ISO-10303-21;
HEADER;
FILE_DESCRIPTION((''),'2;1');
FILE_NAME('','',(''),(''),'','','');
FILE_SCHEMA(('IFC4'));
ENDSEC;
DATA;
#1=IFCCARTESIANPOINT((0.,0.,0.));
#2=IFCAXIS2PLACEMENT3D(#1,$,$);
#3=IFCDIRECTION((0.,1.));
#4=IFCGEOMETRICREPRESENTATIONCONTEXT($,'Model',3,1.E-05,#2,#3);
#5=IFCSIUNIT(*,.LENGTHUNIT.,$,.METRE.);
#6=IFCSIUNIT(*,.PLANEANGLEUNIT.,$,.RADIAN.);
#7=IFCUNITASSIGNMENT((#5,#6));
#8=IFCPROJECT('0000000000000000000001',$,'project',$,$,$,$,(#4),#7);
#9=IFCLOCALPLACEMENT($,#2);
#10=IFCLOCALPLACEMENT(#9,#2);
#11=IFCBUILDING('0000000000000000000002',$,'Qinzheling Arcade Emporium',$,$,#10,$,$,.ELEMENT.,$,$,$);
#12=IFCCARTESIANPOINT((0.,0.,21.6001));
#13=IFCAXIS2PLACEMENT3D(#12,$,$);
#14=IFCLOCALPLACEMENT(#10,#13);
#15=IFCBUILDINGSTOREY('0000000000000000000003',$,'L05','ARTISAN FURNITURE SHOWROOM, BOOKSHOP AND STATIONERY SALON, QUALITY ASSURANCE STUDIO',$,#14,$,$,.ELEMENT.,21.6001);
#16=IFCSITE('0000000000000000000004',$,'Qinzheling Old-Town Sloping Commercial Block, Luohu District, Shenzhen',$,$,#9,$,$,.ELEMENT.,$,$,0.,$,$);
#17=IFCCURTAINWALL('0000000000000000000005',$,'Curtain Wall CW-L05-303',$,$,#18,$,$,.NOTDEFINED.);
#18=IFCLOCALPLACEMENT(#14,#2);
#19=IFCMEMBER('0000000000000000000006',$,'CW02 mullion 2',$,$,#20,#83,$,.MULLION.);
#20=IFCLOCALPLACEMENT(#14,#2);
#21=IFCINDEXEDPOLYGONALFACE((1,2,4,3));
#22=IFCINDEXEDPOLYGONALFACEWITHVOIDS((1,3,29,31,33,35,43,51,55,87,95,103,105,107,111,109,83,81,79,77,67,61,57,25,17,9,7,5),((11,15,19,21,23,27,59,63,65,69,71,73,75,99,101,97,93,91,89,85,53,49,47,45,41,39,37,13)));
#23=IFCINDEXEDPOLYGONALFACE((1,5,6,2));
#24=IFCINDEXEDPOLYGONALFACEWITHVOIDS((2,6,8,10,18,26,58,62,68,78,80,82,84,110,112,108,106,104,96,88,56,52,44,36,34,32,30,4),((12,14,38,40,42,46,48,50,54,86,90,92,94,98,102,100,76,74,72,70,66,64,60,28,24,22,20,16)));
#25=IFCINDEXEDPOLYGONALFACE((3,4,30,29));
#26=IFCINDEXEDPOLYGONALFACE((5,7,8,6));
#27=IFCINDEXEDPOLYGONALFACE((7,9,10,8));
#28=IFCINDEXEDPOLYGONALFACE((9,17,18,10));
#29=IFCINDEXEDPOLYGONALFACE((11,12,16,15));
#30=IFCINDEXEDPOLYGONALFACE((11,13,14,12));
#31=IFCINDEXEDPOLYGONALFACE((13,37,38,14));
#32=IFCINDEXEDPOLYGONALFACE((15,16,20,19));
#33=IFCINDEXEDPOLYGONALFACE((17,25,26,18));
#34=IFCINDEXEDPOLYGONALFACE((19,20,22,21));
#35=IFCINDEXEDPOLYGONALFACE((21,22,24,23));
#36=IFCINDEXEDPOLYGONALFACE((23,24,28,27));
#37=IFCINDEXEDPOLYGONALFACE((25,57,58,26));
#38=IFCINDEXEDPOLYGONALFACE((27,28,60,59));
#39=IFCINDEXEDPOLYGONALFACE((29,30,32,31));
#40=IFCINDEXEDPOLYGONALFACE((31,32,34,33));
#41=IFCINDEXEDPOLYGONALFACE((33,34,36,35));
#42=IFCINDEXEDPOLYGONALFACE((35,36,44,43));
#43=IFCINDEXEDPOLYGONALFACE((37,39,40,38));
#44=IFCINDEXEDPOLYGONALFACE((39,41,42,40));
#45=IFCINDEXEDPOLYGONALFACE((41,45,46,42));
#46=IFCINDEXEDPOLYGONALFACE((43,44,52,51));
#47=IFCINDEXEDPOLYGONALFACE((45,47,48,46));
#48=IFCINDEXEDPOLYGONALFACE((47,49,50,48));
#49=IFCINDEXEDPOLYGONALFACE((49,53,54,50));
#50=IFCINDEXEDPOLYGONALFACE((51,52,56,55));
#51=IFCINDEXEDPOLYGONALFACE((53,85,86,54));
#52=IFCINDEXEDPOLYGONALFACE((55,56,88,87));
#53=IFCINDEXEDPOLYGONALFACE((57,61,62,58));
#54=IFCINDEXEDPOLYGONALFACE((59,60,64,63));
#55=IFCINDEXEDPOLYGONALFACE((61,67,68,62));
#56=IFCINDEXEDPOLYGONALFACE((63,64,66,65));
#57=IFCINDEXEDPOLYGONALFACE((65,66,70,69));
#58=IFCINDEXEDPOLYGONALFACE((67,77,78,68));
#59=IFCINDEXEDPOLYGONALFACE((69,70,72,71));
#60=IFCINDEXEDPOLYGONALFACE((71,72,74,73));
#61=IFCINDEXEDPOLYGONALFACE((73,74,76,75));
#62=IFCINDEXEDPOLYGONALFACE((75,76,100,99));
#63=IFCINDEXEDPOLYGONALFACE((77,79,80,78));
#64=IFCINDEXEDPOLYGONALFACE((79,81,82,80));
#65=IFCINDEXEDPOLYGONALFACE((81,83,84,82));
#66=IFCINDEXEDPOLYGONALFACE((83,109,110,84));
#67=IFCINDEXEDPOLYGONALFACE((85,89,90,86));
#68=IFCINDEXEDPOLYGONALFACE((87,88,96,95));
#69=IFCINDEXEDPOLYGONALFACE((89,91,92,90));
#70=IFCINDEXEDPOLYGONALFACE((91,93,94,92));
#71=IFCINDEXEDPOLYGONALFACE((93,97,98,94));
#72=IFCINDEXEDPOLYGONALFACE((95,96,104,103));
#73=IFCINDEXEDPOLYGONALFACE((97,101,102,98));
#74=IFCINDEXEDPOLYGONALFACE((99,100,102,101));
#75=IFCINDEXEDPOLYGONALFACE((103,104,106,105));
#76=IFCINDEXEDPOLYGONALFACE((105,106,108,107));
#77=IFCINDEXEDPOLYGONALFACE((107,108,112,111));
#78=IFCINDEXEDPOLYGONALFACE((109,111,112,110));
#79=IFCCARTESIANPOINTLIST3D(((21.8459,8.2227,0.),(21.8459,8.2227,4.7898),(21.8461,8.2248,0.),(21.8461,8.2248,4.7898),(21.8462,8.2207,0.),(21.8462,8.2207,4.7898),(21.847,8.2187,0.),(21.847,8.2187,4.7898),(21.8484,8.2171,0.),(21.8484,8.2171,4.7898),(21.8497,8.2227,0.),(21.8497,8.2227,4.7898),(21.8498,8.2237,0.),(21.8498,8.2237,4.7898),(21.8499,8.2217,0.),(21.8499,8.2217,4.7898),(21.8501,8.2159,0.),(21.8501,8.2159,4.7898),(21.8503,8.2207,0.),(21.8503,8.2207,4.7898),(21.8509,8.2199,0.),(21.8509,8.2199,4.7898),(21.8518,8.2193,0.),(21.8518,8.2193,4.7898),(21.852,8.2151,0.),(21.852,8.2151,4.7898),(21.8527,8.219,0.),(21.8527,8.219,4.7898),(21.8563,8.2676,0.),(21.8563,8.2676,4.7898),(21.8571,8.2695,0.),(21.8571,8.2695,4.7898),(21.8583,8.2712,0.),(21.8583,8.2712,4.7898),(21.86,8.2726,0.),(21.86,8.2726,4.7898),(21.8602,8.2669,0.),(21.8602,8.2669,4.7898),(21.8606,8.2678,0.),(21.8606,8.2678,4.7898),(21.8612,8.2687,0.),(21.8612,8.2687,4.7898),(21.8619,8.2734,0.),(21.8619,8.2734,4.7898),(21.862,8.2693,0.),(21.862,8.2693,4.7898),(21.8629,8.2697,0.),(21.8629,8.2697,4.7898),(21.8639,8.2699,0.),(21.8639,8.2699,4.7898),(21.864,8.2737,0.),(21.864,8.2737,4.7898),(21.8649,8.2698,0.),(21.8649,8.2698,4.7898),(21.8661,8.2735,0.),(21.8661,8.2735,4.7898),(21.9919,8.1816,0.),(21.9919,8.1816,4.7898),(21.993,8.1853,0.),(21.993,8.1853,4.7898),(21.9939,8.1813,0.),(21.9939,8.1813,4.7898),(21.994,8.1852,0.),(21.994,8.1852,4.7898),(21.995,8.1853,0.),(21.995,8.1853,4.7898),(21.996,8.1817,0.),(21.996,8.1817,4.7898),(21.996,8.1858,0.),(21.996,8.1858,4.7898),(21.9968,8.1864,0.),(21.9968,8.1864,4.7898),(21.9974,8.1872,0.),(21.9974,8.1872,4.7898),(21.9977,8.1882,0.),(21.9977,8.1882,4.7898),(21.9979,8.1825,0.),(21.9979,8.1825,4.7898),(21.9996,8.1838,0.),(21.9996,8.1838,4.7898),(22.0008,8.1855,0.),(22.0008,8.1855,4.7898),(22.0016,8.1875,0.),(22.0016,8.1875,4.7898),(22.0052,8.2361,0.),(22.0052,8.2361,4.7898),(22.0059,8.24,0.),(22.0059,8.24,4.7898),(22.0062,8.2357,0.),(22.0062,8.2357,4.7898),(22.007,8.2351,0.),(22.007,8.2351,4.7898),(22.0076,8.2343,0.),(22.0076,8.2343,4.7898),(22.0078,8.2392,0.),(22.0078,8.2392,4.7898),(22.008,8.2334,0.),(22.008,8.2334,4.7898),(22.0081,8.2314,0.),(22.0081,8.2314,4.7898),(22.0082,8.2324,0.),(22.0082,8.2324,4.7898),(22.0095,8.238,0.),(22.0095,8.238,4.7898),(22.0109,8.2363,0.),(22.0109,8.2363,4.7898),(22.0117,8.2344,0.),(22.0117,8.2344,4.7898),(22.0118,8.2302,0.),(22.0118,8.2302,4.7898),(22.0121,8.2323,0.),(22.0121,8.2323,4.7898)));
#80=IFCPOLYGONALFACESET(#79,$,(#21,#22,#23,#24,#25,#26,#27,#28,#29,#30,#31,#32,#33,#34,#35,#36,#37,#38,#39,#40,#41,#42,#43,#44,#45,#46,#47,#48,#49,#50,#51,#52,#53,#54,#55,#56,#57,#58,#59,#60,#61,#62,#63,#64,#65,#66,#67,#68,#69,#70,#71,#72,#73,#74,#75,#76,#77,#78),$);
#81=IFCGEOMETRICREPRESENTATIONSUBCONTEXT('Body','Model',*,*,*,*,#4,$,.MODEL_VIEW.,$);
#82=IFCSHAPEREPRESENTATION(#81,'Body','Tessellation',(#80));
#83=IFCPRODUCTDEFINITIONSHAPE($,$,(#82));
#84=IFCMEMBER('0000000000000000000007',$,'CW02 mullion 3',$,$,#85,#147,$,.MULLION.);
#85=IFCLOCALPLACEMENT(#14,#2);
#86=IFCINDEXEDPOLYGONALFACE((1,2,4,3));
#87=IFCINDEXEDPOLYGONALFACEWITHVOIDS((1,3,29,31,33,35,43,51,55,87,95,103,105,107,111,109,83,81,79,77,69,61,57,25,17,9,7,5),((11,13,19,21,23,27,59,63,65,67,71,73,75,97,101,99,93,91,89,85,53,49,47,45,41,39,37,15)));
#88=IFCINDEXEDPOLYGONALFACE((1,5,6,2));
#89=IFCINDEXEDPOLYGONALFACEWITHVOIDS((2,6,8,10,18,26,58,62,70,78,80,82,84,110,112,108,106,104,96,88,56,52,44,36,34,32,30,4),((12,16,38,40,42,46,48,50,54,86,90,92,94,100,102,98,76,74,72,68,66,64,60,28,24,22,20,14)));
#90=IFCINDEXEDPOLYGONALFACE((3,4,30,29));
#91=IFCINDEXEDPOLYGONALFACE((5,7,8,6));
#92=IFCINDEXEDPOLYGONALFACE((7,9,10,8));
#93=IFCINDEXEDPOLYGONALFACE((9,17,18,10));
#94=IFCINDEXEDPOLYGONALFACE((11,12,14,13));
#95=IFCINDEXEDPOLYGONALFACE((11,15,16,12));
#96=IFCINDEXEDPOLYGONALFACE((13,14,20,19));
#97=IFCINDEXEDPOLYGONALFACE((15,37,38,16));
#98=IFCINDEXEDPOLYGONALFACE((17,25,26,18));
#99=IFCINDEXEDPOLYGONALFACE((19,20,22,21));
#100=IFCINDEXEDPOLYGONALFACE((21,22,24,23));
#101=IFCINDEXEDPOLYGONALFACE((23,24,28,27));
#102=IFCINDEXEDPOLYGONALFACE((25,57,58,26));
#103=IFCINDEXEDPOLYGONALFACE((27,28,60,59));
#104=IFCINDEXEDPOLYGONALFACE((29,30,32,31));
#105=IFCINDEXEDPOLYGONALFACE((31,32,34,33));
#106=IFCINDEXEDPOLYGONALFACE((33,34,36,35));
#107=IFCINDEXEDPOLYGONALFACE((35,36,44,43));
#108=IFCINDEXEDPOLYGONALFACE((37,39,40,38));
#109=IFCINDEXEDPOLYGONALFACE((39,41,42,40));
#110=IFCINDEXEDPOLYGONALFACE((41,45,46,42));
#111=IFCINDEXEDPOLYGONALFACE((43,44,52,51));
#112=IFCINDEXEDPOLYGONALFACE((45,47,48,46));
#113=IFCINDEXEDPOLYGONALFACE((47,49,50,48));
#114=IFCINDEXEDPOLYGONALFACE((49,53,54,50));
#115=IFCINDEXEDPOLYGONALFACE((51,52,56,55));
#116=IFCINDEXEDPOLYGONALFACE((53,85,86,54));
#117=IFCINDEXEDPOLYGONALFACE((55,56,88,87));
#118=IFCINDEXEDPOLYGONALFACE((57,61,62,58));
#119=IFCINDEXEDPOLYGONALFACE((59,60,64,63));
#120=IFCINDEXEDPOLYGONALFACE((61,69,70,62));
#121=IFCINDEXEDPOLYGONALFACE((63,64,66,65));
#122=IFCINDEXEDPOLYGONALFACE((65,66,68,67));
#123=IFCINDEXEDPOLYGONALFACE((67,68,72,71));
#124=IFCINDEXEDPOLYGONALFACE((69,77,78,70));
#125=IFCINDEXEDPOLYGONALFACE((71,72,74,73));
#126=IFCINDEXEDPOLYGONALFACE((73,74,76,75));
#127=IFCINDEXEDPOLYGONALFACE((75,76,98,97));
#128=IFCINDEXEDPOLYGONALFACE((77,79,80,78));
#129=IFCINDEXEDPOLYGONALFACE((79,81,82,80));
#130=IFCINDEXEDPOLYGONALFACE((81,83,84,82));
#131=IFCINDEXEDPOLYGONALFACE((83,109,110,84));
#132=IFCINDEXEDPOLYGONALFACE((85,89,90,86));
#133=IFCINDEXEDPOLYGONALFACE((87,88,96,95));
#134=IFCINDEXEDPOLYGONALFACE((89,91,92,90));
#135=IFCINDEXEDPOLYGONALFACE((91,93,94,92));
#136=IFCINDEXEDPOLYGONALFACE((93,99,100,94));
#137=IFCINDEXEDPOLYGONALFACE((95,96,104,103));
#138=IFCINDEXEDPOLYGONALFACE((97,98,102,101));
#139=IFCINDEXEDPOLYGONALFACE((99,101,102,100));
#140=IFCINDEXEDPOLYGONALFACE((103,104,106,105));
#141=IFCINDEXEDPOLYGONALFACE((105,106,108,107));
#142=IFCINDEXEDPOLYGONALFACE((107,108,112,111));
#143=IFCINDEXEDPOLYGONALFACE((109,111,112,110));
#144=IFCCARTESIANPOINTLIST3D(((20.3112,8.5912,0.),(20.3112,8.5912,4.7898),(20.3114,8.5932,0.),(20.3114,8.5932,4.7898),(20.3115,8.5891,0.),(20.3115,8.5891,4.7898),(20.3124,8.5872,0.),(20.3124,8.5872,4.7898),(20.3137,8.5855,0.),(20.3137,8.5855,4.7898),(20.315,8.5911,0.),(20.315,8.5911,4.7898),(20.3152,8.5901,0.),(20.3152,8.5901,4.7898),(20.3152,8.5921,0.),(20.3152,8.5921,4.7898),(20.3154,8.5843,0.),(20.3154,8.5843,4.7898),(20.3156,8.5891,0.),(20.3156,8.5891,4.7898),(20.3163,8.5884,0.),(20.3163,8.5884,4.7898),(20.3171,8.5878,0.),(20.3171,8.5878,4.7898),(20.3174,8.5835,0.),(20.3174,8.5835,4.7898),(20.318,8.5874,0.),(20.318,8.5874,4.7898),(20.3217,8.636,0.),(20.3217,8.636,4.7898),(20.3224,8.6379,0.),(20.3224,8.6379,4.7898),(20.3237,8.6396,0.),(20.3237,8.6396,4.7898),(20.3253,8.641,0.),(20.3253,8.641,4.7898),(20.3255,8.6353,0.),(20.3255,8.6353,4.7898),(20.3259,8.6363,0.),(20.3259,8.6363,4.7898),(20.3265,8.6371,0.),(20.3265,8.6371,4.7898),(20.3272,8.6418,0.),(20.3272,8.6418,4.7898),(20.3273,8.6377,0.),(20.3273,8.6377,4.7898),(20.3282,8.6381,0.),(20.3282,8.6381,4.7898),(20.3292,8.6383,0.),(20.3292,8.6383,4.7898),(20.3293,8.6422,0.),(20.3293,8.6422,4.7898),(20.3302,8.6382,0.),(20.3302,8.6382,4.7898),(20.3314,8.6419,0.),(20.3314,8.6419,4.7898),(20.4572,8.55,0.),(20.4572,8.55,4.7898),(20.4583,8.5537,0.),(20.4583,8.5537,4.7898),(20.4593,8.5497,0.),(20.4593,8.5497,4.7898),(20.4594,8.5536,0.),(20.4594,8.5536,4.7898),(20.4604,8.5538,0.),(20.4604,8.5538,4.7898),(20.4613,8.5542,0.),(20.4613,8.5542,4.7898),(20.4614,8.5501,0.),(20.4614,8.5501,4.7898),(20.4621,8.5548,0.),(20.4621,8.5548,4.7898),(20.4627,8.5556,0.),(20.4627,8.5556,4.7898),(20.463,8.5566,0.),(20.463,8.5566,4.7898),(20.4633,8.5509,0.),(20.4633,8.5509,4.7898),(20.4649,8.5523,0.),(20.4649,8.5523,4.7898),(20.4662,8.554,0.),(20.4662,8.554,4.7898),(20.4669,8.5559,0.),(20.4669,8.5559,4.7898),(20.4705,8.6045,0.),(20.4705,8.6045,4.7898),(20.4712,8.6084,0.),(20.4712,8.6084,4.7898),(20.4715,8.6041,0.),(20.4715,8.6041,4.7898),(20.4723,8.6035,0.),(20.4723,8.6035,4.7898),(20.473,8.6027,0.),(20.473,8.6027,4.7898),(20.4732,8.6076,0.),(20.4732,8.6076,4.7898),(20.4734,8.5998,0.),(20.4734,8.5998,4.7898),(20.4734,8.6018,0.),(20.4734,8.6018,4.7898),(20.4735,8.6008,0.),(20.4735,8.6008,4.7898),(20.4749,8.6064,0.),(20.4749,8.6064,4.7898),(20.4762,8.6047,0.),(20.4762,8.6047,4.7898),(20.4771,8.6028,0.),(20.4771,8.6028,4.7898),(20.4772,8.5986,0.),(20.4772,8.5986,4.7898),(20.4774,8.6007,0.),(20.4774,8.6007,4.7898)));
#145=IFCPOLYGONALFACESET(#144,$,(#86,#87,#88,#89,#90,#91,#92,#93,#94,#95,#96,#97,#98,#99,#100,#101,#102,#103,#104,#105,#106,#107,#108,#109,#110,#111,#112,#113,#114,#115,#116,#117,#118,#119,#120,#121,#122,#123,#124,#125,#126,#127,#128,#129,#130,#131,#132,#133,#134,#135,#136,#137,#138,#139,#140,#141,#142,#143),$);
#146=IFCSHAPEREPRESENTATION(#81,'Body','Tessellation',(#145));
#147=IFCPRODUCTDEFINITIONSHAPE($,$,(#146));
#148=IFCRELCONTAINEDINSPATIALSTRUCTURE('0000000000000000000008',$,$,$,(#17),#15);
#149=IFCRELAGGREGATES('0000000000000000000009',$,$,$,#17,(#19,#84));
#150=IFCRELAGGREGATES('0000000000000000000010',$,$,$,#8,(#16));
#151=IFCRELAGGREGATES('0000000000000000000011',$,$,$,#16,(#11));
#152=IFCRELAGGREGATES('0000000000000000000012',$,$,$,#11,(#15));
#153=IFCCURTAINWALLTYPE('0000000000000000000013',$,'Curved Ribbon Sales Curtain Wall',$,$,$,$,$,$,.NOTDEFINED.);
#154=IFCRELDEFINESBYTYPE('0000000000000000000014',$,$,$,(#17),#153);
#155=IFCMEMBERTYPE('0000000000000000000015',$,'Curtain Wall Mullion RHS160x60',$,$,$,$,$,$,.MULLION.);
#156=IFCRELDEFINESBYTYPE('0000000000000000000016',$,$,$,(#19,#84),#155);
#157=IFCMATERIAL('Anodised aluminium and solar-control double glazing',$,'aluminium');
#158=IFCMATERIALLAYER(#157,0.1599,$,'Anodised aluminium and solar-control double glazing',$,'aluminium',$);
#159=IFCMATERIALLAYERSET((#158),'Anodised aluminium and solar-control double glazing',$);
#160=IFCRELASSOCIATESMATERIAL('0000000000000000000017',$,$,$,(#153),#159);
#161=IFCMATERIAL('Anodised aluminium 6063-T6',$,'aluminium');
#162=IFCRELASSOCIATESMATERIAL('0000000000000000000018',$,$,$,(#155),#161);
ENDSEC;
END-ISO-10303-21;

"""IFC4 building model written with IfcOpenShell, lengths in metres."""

from ifc_helpers import new_model, si_unit, direction, frame, origin, origin_2d, place, context, subcontext, project, spatial, hollow_rectangle, extrude, material, layer, layer_set, material_profile, profile_set, type_object, element, aggregate, save


model = new_model("IFC4")

# Units and contexts
model_context = context("Model", 3, precision=1e-05, world=origin(), true_north=direction((0.0, 1.0)))
body_context = subcontext(model_context, "Body", "Model", "MODEL_VIEW")
ifc_project = project(units=[si_unit("LENGTHUNIT", "METRE"), si_unit("PLANEANGLEUNIT", "RADIAN")], contexts=[model_context])

# Site, building, storey
site_placement = place(None, origin())
site = spatial("IfcSite", under=ifc_project, at=site_placement, Name="Qinzheling Old-Town Sloping Commercial Block, Luohu District, Shenzhen", CompositionType="ELEMENT", RefElevation=0.0)
building_placement = place(site_placement, origin())
building = spatial("IfcBuilding", under=site, at=building_placement, Name="Qinzheling Arcade Emporium", CompositionType="ELEMENT")
storey_placement = place(building_placement, frame((0.0, 0.0, 21.6001)))
storey = spatial("IfcBuildingStorey", under=building, at=storey_placement, Name="L05", Description="ARTISAN FURNITURE SHOWROOM, BOOKSHOP AND STATIONERY SALON, QUALITY ASSURANCE STUDIO", CompositionType="ELEMENT", Elevation=21.6001)

# Curtain wall, members
ifc_material_1 = material(Name="Anodised aluminium and solar-control double glazing", Category="aluminium")
ifc_layer_1 = layer(ifc_material_1, 0.1599, Name="Anodised aluminium and solar-control double glazing", Category="aluminium")
ifc_layer_set_1 = layer_set([ifc_layer_1], Name="Anodised aluminium and solar-control double glazing")
curtain_wall_type = type_object("IfcCurtainWallType", Name="Curved Ribbon Sales Curtain Wall", PredefinedType="NOTDEFINED", material=ifc_layer_set_1)
curtain_wall_1_placement = place(storey_placement, origin())
curtain_wall_1 = element("IfcCurtainWall", 1, at=curtain_wall_1_placement, inside=storey, type_object=curtain_wall_type, Name="Curtain Wall CW-L05-303", PredefinedType="NOTDEFINED")
ifc_material_2 = material(Name="Anodised aluminium 6063-T6", Category="aluminium")
ifc_material_profile_1 = material_profile(ifc_material_2, hollow_rectangle(XDim=0.0601, YDim=0.1599, WallThickness=0.0039, InnerFilletRadius=0.0039, OuterFilletRadius=0.0081, at=origin_2d()), Name="RHS 160x60x4", Category="aluminium")
ifc_profile_set_1 = profile_set([ifc_material_profile_1], Name="Anodised aluminium 6063-T6")
member_type_1 = type_object("IfcMemberType", Name="Curtain Wall Mullion RHS160x60", PredefinedType="MULLION", material=ifc_profile_set_1)
member_1_placement = place(storey_placement, frame((21.929, 8.2275, 0.0), z_axis=(0.0, 0.0, 1.0), x_axis=(-0.233455, -0.972368, 0.0)))
member_1 = element("IfcMember", 2, at=member_1_placement, type_object=member_type_1, Name="CW02 mullion 2", PredefinedType="MULLION", context=body_context, shape_type="SweptSolid", body=[
    extrude(hollow_rectangle(XDim=0.0601, YDim=0.1599, WallThickness=0.0039, InnerFilletRadius=0.0039, OuterFilletRadius=0.0081, at=origin_2d()), origin(), (0.0, 0.0, 1.0), 4.7898),
])
member_2_placement = place(storey_placement, frame((20.3943, 8.5959, 0.0), z_axis=(0.0, 0.0, 1.0), x_axis=(-0.233455, -0.972368, 0.0)))
member_2 = element("IfcMember", 3, at=member_2_placement, type_object=member_type_1, Name="CW02 mullion 3", PredefinedType="MULLION", context=body_context, shape_type="SweptSolid", body=[
    extrude(hollow_rectangle(XDim=0.0601, YDim=0.1599, WallThickness=0.0039, InnerFilletRadius=0.0039, OuterFilletRadius=0.0081, at=origin_2d()), origin(), (0.0, 0.0, 1.0), 4.7898),
])

aggregate(curtain_wall_1, [member_1, member_2])

save(model, "model.ifc")
